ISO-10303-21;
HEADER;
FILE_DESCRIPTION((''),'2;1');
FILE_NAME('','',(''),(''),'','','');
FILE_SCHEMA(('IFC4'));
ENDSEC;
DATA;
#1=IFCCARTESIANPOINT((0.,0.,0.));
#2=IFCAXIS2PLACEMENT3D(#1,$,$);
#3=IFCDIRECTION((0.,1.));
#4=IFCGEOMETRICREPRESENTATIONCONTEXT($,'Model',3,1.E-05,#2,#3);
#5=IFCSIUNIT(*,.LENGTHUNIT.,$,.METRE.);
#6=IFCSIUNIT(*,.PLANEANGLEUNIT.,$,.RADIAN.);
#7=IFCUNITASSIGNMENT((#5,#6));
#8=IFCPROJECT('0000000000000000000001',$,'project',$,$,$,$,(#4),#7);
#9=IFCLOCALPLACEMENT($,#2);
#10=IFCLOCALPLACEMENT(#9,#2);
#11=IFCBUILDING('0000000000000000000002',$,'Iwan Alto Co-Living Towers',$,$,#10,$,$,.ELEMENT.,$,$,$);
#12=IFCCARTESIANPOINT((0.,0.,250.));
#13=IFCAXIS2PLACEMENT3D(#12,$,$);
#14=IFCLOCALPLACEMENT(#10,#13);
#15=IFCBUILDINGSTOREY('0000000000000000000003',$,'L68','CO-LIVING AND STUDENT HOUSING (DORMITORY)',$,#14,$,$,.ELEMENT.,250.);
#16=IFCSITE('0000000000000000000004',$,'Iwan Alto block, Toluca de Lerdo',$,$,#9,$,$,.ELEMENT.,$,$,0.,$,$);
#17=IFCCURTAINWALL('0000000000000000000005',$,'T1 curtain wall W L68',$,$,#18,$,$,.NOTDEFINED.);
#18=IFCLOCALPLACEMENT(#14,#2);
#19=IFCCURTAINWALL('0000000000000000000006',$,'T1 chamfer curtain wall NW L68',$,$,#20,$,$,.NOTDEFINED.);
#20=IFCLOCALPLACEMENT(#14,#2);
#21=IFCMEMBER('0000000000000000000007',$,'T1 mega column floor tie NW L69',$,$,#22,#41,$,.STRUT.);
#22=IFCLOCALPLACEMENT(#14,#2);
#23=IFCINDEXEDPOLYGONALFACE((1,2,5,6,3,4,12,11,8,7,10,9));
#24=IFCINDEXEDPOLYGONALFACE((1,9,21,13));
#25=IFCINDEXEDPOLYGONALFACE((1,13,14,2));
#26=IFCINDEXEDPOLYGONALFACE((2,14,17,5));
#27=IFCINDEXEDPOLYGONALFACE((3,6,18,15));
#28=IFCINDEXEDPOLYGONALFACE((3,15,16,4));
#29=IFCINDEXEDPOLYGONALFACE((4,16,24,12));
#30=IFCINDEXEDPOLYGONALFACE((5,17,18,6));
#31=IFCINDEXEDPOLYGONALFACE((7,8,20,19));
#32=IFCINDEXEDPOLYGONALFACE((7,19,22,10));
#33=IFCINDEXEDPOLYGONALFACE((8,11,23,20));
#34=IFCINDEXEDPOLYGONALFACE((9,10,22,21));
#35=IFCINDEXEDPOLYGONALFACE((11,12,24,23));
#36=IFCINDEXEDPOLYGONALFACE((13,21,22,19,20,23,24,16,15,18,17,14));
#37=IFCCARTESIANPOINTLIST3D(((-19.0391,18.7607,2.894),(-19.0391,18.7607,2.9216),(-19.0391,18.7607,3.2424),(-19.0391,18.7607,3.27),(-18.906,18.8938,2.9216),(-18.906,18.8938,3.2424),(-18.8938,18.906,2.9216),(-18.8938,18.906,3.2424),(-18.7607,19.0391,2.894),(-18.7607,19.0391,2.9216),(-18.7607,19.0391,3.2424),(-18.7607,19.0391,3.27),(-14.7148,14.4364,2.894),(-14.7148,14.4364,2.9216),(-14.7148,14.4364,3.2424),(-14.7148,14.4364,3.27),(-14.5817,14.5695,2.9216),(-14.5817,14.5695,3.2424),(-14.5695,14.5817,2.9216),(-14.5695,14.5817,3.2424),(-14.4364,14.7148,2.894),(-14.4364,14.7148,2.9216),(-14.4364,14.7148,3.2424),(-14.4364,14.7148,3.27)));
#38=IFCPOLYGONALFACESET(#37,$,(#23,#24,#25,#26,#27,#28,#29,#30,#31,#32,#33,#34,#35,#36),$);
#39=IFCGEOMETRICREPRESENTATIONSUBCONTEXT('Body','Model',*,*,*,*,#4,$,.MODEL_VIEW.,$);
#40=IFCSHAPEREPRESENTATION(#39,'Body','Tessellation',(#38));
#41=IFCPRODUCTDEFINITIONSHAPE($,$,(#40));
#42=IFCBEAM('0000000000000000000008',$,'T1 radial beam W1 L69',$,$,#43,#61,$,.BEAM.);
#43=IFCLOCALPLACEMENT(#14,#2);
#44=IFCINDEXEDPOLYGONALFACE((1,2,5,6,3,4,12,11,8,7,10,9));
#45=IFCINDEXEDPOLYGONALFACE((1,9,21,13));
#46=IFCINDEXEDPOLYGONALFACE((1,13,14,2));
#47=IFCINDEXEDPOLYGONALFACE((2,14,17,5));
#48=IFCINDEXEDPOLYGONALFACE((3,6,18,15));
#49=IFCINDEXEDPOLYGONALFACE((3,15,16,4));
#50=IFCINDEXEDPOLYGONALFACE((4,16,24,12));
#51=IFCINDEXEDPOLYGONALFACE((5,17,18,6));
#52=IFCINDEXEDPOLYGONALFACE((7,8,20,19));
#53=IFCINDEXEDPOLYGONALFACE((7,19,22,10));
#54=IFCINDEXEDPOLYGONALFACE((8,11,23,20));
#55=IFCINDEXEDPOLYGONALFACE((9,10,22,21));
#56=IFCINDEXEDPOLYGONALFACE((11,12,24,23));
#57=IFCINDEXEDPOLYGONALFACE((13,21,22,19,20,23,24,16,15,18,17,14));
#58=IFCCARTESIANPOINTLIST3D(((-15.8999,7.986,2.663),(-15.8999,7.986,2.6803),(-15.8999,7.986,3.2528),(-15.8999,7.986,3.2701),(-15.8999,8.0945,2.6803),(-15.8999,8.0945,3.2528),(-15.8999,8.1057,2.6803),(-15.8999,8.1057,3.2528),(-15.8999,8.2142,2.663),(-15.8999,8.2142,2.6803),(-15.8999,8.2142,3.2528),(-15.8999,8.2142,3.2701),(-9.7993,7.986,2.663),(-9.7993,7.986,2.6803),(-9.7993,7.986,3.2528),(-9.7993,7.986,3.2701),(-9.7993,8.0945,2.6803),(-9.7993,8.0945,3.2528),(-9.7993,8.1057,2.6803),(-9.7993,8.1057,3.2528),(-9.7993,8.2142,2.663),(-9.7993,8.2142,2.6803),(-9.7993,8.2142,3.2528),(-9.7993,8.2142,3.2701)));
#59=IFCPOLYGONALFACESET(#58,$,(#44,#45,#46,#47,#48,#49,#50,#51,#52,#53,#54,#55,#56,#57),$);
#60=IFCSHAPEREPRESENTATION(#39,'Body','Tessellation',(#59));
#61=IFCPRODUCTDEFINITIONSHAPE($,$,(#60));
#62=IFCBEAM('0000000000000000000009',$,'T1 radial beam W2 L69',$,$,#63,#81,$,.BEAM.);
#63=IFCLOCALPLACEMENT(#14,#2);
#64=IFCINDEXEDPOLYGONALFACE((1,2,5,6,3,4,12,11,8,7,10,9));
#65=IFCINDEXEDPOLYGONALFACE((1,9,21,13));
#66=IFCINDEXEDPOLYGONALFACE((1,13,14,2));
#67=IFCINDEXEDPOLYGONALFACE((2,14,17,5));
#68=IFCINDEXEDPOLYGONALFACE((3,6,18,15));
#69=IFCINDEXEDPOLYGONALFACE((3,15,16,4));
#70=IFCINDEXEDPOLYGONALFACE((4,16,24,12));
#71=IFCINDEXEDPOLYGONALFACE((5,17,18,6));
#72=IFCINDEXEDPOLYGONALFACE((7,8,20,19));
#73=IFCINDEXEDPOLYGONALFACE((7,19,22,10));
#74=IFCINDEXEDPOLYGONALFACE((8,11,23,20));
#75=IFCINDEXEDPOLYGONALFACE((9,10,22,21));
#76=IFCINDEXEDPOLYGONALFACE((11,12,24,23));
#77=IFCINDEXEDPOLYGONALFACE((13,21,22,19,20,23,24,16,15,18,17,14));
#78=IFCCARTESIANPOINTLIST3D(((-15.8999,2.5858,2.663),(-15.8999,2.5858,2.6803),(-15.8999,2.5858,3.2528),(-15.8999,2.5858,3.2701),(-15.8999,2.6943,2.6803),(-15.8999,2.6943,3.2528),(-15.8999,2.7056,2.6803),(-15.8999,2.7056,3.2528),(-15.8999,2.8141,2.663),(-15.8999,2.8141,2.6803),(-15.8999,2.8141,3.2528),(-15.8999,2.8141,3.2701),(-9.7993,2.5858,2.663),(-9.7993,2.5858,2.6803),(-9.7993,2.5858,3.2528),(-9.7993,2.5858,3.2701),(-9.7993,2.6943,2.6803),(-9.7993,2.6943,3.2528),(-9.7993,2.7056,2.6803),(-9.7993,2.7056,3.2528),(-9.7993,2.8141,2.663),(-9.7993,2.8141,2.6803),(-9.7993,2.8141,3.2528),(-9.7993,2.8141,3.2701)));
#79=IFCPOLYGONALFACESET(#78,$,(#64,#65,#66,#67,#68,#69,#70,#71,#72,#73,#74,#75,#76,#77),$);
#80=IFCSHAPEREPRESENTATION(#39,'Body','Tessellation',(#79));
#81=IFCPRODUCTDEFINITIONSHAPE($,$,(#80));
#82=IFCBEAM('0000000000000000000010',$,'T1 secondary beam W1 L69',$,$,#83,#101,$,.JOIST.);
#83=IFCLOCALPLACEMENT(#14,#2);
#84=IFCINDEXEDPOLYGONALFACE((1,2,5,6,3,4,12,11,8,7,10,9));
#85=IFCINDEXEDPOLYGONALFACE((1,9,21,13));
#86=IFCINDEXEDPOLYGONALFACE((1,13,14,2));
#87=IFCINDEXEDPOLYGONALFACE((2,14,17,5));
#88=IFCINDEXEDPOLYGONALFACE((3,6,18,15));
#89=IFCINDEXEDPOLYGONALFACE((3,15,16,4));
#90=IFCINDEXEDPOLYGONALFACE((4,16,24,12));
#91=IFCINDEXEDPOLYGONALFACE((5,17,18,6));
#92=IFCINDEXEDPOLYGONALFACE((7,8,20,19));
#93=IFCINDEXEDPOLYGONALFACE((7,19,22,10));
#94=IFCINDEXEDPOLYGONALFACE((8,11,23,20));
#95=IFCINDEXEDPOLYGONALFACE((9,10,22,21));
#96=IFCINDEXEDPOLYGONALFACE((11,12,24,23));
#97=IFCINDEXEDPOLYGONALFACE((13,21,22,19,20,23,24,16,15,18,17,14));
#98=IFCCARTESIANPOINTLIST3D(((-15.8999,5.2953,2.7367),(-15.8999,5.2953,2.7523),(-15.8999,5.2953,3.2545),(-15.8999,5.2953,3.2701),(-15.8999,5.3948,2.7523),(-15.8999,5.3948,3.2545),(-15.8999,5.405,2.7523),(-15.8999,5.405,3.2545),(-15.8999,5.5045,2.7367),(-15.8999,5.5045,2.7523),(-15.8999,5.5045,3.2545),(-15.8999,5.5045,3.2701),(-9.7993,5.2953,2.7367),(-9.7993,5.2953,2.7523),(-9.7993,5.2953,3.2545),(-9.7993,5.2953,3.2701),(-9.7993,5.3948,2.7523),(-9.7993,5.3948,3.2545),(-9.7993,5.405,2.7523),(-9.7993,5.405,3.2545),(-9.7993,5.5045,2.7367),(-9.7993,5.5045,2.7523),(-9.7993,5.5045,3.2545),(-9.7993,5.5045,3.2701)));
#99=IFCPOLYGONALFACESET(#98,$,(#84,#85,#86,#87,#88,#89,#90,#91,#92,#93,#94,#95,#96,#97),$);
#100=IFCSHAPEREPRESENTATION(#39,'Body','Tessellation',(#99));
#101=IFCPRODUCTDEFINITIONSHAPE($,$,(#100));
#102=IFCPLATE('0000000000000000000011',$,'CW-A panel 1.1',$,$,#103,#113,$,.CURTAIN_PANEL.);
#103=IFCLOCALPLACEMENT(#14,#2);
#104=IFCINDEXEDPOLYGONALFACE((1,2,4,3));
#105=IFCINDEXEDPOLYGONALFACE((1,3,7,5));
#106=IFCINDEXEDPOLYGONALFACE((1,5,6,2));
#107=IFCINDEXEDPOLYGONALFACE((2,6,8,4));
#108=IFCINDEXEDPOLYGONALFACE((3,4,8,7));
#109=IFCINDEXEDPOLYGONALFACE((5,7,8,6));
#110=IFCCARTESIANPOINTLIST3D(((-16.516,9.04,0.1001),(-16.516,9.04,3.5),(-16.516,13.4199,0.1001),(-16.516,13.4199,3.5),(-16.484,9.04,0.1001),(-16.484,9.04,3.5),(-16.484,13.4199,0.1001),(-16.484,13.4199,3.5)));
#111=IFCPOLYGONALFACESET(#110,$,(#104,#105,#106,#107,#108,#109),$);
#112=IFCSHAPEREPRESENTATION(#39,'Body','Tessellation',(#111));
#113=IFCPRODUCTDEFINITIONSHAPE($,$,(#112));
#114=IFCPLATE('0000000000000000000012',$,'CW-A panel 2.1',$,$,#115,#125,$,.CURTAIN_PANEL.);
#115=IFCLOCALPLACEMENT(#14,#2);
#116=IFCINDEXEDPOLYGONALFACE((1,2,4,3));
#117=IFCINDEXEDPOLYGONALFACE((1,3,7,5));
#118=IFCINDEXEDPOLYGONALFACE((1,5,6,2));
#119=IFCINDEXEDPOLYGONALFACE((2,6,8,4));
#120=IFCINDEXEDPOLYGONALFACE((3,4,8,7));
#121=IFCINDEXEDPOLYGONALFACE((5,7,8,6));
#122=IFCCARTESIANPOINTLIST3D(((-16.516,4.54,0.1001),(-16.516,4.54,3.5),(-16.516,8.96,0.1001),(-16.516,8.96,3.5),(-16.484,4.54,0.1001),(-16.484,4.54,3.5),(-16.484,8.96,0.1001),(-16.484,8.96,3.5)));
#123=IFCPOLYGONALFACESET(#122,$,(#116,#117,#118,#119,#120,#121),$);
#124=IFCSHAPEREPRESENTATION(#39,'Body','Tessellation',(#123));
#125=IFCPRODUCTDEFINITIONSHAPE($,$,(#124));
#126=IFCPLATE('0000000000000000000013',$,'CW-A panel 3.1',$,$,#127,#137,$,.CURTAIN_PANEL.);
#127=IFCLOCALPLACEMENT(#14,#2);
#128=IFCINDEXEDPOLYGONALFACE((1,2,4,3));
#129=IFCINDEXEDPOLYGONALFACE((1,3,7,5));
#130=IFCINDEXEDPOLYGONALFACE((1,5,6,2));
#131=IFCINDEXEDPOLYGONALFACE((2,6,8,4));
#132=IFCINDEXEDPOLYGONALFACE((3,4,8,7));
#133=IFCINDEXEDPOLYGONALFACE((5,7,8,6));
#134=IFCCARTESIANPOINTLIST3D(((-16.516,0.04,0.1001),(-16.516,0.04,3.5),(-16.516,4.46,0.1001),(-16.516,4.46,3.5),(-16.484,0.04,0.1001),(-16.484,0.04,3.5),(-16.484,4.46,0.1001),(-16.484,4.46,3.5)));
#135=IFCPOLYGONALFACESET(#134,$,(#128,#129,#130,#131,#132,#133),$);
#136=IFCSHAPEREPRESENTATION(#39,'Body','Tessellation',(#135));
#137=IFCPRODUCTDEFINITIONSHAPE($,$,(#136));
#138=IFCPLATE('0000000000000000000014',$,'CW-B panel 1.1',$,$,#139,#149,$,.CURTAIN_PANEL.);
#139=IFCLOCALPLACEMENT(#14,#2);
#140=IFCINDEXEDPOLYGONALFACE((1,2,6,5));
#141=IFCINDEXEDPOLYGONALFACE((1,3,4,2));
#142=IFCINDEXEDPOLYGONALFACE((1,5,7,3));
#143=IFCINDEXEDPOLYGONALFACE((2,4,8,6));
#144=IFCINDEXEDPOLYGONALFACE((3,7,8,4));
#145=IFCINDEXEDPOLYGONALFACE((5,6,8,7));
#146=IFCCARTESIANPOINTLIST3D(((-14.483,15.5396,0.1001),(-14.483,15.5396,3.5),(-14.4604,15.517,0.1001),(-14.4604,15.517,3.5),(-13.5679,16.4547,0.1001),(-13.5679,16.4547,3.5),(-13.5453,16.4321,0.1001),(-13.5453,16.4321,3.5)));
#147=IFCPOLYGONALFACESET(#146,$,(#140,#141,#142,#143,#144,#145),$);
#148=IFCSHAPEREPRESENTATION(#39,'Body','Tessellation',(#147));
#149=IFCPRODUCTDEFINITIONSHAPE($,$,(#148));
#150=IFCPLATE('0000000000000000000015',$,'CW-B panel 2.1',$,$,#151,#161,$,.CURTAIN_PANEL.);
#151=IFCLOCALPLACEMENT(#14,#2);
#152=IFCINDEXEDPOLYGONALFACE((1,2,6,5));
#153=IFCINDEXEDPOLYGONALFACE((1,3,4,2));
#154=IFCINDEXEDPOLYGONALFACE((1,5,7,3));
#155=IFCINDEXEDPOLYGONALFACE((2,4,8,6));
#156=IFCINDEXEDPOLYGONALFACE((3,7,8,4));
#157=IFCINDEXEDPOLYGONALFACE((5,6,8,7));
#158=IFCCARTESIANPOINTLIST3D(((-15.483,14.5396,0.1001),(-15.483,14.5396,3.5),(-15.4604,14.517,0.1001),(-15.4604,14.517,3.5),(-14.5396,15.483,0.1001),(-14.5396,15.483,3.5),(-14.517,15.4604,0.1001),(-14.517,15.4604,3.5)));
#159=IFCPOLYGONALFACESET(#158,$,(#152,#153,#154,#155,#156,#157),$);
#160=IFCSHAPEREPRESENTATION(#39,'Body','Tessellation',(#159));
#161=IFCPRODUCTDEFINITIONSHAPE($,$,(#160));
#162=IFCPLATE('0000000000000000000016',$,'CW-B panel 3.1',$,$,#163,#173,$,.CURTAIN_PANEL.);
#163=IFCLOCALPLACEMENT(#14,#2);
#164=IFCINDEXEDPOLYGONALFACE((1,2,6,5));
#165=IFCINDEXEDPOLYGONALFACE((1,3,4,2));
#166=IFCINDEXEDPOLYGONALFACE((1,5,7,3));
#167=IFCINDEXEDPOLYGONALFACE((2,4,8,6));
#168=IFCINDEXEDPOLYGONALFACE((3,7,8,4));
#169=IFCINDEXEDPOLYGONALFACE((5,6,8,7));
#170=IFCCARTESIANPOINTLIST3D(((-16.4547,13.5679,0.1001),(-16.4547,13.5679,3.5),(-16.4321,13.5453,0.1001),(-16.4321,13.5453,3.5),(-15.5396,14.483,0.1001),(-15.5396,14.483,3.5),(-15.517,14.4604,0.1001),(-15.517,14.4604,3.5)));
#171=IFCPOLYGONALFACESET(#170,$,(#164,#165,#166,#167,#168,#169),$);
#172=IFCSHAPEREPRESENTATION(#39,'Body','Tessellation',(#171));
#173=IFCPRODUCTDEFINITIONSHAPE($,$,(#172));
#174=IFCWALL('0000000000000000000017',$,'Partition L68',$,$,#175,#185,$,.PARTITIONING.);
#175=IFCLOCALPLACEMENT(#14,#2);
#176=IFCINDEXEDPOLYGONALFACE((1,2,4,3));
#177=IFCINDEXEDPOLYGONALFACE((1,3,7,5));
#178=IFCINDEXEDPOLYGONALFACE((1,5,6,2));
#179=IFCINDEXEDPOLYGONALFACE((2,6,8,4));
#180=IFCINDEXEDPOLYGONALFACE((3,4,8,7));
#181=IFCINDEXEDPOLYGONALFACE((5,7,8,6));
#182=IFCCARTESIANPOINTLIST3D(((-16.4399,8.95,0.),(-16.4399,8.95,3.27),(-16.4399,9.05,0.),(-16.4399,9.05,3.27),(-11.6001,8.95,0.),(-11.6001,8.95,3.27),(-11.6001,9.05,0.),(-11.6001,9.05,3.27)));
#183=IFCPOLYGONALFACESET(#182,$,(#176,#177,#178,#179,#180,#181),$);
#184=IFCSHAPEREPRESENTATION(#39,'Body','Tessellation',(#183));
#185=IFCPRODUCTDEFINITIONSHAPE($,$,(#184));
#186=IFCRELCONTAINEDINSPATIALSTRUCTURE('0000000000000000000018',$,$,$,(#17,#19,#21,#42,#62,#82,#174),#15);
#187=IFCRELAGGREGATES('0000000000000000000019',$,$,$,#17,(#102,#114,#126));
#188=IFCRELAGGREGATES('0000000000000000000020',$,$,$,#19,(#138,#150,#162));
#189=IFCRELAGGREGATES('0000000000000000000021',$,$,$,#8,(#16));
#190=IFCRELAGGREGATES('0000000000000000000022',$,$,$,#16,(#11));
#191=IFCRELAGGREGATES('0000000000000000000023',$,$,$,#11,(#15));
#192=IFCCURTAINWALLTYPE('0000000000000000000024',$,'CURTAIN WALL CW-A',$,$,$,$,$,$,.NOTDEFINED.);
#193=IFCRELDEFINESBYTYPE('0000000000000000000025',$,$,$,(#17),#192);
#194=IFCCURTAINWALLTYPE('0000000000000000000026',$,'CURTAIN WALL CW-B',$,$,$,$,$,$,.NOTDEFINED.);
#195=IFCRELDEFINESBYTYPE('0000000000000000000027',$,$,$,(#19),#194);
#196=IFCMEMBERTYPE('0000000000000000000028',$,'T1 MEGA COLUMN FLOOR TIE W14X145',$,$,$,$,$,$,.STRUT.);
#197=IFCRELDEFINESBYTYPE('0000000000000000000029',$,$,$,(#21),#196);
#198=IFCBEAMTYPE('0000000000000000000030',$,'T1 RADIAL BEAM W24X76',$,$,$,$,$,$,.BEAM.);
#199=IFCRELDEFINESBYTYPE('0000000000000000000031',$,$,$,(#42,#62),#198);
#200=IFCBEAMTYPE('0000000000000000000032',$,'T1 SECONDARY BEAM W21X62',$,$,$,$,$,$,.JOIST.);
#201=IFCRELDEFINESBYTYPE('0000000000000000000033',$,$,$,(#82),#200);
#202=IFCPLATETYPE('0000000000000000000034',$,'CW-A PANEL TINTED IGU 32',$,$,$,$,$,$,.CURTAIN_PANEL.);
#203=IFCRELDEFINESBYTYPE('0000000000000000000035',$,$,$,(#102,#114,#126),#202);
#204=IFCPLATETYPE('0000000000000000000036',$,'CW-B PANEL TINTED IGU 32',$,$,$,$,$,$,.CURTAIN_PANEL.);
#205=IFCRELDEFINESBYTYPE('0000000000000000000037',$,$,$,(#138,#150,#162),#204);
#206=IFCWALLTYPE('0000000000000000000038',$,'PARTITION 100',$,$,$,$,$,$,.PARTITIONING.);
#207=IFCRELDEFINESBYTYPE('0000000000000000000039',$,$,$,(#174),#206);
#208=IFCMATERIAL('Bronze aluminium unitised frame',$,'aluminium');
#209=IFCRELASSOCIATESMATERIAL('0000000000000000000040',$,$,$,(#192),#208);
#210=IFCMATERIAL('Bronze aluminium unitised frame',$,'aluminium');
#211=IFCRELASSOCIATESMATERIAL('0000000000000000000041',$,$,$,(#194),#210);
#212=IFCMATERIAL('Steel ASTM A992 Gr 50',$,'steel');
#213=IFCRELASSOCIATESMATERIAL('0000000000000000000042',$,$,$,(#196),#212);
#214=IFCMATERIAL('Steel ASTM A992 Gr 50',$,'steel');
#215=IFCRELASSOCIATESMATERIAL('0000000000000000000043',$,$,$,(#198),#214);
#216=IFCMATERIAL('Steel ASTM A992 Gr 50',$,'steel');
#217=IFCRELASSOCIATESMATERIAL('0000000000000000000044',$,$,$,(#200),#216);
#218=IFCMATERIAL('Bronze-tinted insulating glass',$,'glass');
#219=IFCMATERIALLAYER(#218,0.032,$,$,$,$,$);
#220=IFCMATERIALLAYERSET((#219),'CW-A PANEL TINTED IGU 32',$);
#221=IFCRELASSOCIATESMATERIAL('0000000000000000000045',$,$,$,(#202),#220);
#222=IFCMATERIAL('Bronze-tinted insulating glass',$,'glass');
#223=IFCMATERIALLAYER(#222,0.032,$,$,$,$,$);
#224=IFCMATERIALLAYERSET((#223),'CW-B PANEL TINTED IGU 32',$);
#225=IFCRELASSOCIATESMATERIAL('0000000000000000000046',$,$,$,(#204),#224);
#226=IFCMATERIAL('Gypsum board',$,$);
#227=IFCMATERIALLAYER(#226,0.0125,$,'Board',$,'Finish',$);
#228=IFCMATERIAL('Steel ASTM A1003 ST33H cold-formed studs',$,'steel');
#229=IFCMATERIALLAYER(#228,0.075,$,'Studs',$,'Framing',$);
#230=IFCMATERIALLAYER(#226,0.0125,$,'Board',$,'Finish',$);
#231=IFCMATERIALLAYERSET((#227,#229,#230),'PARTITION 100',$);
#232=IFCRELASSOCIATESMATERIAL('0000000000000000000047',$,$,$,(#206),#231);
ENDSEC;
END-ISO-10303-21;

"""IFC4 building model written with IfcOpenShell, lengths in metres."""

from ifc_helpers import new_model, si_unit, direction, frame, frame_2d, origin, origin_2d, place, context, subcontext, project, spatial, rectangle, i_section, extrude, material, layer, layer_set, material_profile, profile_set, type_object, element, aggregate, save


model = new_model("IFC4")

# Units and contexts
model_context = context("Model", 3, precision=1e-05, world=origin(), true_north=direction((0.0, 1.0)))
body_context = subcontext(model_context, "Body", "Model", "MODEL_VIEW")
ifc_project = project(units=[si_unit("LENGTHUNIT", "METRE"), si_unit("PLANEANGLEUNIT", "RADIAN")], contexts=[model_context])

# Site, building, storey
site_placement = place(None, origin())
site = spatial("IfcSite", under=ifc_project, at=site_placement, Name="Iwan Alto block, Toluca de Lerdo", CompositionType="ELEMENT", RefElevation=0.0)
building_placement = place(site_placement, origin())
building = spatial("IfcBuilding", under=site, at=building_placement, Name="Iwan Alto Co-Living Towers", CompositionType="ELEMENT")
storey_placement = place(building_placement, frame((0.0, 0.0, 250.0)))
storey = spatial("IfcBuildingStorey", under=building, at=storey_placement, Name="L68", Description="CO-LIVING AND STUDENT HOUSING (DORMITORY)", CompositionType="ELEMENT", Elevation=250.0)

# Shared definitions
ifc_material_1 = material(Name="Bronze aluminium unitised frame", Category="aluminium")
curtain_wall_type_1 = type_object("IfcCurtainWallType", Name="CURTAIN WALL CW-A", PredefinedType="NOTDEFINED", material=ifc_material_1)

# Curtain walls
curtain_wall_1_placement = place(storey_placement, origin())
curtain_wall_1 = element("IfcCurtainWall", 1, at=curtain_wall_1_placement, inside=storey, type_object=curtain_wall_type_1, Name="T1 curtain wall W L68", PredefinedType="NOTDEFINED")
ifc_material_2 = material(Name="Bronze aluminium unitised frame", Category="aluminium")
curtain_wall_type_2 = type_object("IfcCurtainWallType", Name="CURTAIN WALL CW-B", PredefinedType="NOTDEFINED", material=ifc_material_2)
curtain_wall_2_placement = place(storey_placement, origin())
curtain_wall_2 = element("IfcCurtainWall", 2, at=curtain_wall_2_placement, inside=storey, type_object=curtain_wall_type_2, Name="T1 chamfer curtain wall NW L68", PredefinedType="NOTDEFINED")

# Member
ifc_material_3 = material(Name="Steel ASTM A992 Gr 50", Category="steel")
ifc_material_profile_1 = material_profile(ifc_material_3, i_section(OverallWidth=0.3938, OverallDepth=0.376, WebThickness=0.0173, FlangeThickness=0.0276, at=origin_2d()), Name="W14X145")
ifc_profile_set_1 = profile_set([ifc_material_profile_1], Name="Steel ASTM A992 Gr 50")
member_type_1 = type_object("IfcMemberType", Name="T1 MEGA COLUMN FLOOR TIE W14X145", PredefinedType="STRUT", material=ifc_profile_set_1)
member_1_placement = place(storey_placement, frame((-18.8999, 18.8999, 3.082), z_axis=(0.707107, -0.707107, 0.0), x_axis=(0.707107, 0.707107, 0.0)))
element("IfcMember", 3, at=member_1_placement, inside=storey, type_object=member_type_1, Name="T1 mega column floor tie NW L69", PredefinedType="STRUT", context=body_context, shape_type="SweptSolid", body=[
    extrude(i_section(OverallWidth=0.3938, OverallDepth=0.376, WebThickness=0.0173, FlangeThickness=0.0276, at=origin_2d()), origin(), (0.0, 0.0, 1.0), 6.1155),
])

# Beams
ifc_material_4 = material(Name="Steel ASTM A992 Gr 50", Category="steel")
ifc_material_profile_2 = material_profile(ifc_material_4, i_section(OverallWidth=0.2283, OverallDepth=0.6072, WebThickness=0.0112, FlangeThickness=0.0173, at=origin_2d()), Name="W24X76")
ifc_profile_set_2 = profile_set([ifc_material_profile_2], Name="Steel ASTM A992 Gr 50")
beam_type_1 = type_object("IfcBeamType", Name="T1 RADIAL BEAM W24X76", PredefinedType="BEAM", material=ifc_profile_set_2)
for number, where, z_axis, x_axis, name in (
    (4, (-15.8999, 8.1001, 2.9666), (1.0, 0.0, 0.0), (0.0, 1.0, 0.0), "T1 radial beam W1 L69"),
    (5, (-15.8999, 2.7, 2.9666), (1.0, 0.0, 0.0), (0.0, 1.0, 0.0), "T1 radial beam W2 L69"),
):
    element("IfcBeam", number, at=place(storey_placement, frame(where, z_axis=z_axis, x_axis=x_axis)), inside=storey, type_object=beam_type_1, Name=name, PredefinedType="BEAM", context=body_context, shape_type="SweptSolid", body=[
        extrude(i_section(OverallWidth=0.2283, OverallDepth=0.6072, WebThickness=0.0112, FlangeThickness=0.0173, at=origin_2d()), origin(), (0.0, 0.0, 1.0), 6.1006),
    ])
ifc_material_5 = material(Name="Steel ASTM A992 Gr 50", Category="steel")
ifc_material_profile_3 = material_profile(ifc_material_5, i_section(OverallWidth=0.2092, OverallDepth=0.5334, WebThickness=0.0103, FlangeThickness=0.0156, at=origin_2d()), Name="W21X62")
ifc_profile_set_3 = profile_set([ifc_material_profile_3], Name="Steel ASTM A992 Gr 50")
beam_type_2 = type_object("IfcBeamType", Name="T1 SECONDARY BEAM W21X62", PredefinedType="JOIST", material=ifc_profile_set_3)
beam_1_placement = place(storey_placement, frame((-15.8999, 5.3999, 3.0034), z_axis=(1.0, 0.0, 0.0), x_axis=(0.0, 1.0, 0.0)))
element("IfcBeam", 6, at=beam_1_placement, inside=storey, type_object=beam_type_2, Name="T1 secondary beam W1 L69", PredefinedType="JOIST", context=body_context, shape_type="SweptSolid", body=[
    extrude(i_section(OverallWidth=0.2092, OverallDepth=0.5334, WebThickness=0.0103, FlangeThickness=0.0156, at=origin_2d()), origin(), (0.0, 0.0, 1.0), 6.1006),
])

# Plates
ifc_material_6 = material(Name="Bronze-tinted insulating glass", Category="glass")
ifc_layer_1 = layer(ifc_material_6, 0.032)
ifc_layer_set_1 = layer_set([ifc_layer_1], Name="CW-A PANEL TINTED IGU 32")
plate_type_1 = type_object("IfcPlateType", Name="CW-A PANEL TINTED IGU 32", PredefinedType="CURTAIN_PANEL", material=ifc_layer_set_1)
plate_1_placement = place(storey_placement, frame((-16.5, 11.23, 0.1001), z_axis=(0.0, 0.0, 1.0), x_axis=(0.0, -1.0, 0.0)))
plate_1 = element("IfcPlate", 7, at=plate_1_placement, type_object=plate_type_1, Name="CW-A panel 1.1", PredefinedType="CURTAIN_PANEL", context=body_context, shape_type="SweptSolid", body=[
    extrude(rectangle(XDim=4.3799, YDim=0.032, at=origin_2d()), origin(), (0.0, 0.0, 1.0), 3.3999),
])
plate_2_placement = place(storey_placement, frame((-16.5, 6.75, 0.1001), z_axis=(0.0, 0.0, 1.0), x_axis=(0.0, -1.0, 0.0)))
plate_2 = element("IfcPlate", 8, at=plate_2_placement, type_object=plate_type_1, Name="CW-A panel 2.1", PredefinedType="CURTAIN_PANEL", context=body_context, shape_type="SweptSolid", body=[
    extrude(rectangle(XDim=4.4199, YDim=0.032, at=origin_2d()), origin(), (0.0, 0.0, 1.0), 3.3999),
])
plate_3_placement = place(storey_placement, frame((-16.5, 2.25, 0.1001), z_axis=(0.0, 0.0, 1.0), x_axis=(0.0, -1.0, 0.0)))
plate_3 = element("IfcPlate", 9, at=plate_3_placement, type_object=plate_type_1, Name="CW-A panel 3.1", PredefinedType="CURTAIN_PANEL", context=body_context, shape_type="SweptSolid", body=[
    extrude(rectangle(XDim=4.4199, YDim=0.032, at=origin_2d()), origin(), (0.0, 0.0, 1.0), 3.3999),
])
aggregate(curtain_wall_1, [plate_1, plate_2, plate_3])
ifc_material_7 = material(Name="Bronze-tinted insulating glass", Category="glass")
ifc_layer_2 = layer(ifc_material_7, 0.032)
ifc_layer_set_2 = layer_set([ifc_layer_2], Name="CW-B PANEL TINTED IGU 32")
plate_type_2 = type_object("IfcPlateType", Name="CW-B PANEL TINTED IGU 32", PredefinedType="CURTAIN_PANEL", material=ifc_layer_set_2)
plate_4_placement = place(storey_placement, frame((-14.0142, 15.9858, 0.1001), z_axis=(0.0, 0.0, 1.0), x_axis=(-0.707107, -0.707107, 0.0)))
plate_4 = element("IfcPlate", 10, at=plate_4_placement, type_object=plate_type_2, Name="CW-B panel 1.1", PredefinedType="CURTAIN_PANEL", context=body_context, shape_type="SweptSolid", body=[
    extrude(rectangle(XDim=1.2942, YDim=0.032, at=origin_2d()), origin(), (0.0, 0.0, 1.0), 3.3999),
])
plate_5_placement = place(storey_placement, frame((-15.0, 15.0, 0.1001), z_axis=(0.0, 0.0, 1.0), x_axis=(-0.707107, -0.707107, 0.0)))
plate_5 = element("IfcPlate", 11, at=plate_5_placement, type_object=plate_type_2, Name="CW-B panel 2.1", PredefinedType="CURTAIN_PANEL", context=body_context, shape_type="SweptSolid", body=[
    extrude(rectangle(XDim=1.3342, YDim=0.032, at=origin_2d()), origin(), (0.0, 0.0, 1.0), 3.3999),
])
plate_6_placement = place(storey_placement, frame((-15.9858, 14.0142, 0.1001), z_axis=(0.0, 0.0, 1.0), x_axis=(-0.707107, -0.707107, 0.0)))
plate_6 = element("IfcPlate", 12, at=plate_6_placement, type_object=plate_type_2, Name="CW-B panel 3.1", PredefinedType="CURTAIN_PANEL", context=body_context, shape_type="SweptSolid", body=[
    extrude(rectangle(XDim=1.2942, YDim=0.032, at=origin_2d()), origin(), (0.0, 0.0, 1.0), 3.3999),
])
aggregate(curtain_wall_2, [plate_4, plate_5, plate_6])

# Wall
ifc_material_8 = material(Name="Gypsum board")
ifc_layer_3 = layer(ifc_material_8, 0.0125, Name="Board", Category="Finish")
ifc_material_9 = material(Name="Steel ASTM A1003 ST33H cold-formed studs", Category="steel")
ifc_layer_4 = layer(ifc_material_9, 0.075, Name="Studs", Category="Framing")
ifc_layer_5 = layer(ifc_material_8, 0.0125, Name="Board", Category="Finish")
ifc_layer_set_3 = layer_set([ifc_layer_3, ifc_layer_4, ifc_layer_5], Name="PARTITION 100")
wall_type_1 = type_object("IfcWallType", Name="PARTITION 100", PredefinedType="PARTITIONING", material=ifc_layer_set_3)
wall_1_placement = place(storey_placement, frame((-16.4399, 9.0, 0.0), z_axis=(0.0, 0.0, 1.0), x_axis=(1.0, 0.0, 0.0)))
element("IfcWall", 13, at=wall_1_placement, inside=storey, type_object=wall_type_1, Name="Partition L68", PredefinedType="PARTITIONING", context=body_context, shape_type="SweptSolid", body=[
    extrude(rectangle(XDim=4.8398, YDim=0.1001, at=frame_2d((2.4199, 0.0))), origin(), (0.0, 0.0, 1.0), 3.27),
])

save(model, "model.ifc")
